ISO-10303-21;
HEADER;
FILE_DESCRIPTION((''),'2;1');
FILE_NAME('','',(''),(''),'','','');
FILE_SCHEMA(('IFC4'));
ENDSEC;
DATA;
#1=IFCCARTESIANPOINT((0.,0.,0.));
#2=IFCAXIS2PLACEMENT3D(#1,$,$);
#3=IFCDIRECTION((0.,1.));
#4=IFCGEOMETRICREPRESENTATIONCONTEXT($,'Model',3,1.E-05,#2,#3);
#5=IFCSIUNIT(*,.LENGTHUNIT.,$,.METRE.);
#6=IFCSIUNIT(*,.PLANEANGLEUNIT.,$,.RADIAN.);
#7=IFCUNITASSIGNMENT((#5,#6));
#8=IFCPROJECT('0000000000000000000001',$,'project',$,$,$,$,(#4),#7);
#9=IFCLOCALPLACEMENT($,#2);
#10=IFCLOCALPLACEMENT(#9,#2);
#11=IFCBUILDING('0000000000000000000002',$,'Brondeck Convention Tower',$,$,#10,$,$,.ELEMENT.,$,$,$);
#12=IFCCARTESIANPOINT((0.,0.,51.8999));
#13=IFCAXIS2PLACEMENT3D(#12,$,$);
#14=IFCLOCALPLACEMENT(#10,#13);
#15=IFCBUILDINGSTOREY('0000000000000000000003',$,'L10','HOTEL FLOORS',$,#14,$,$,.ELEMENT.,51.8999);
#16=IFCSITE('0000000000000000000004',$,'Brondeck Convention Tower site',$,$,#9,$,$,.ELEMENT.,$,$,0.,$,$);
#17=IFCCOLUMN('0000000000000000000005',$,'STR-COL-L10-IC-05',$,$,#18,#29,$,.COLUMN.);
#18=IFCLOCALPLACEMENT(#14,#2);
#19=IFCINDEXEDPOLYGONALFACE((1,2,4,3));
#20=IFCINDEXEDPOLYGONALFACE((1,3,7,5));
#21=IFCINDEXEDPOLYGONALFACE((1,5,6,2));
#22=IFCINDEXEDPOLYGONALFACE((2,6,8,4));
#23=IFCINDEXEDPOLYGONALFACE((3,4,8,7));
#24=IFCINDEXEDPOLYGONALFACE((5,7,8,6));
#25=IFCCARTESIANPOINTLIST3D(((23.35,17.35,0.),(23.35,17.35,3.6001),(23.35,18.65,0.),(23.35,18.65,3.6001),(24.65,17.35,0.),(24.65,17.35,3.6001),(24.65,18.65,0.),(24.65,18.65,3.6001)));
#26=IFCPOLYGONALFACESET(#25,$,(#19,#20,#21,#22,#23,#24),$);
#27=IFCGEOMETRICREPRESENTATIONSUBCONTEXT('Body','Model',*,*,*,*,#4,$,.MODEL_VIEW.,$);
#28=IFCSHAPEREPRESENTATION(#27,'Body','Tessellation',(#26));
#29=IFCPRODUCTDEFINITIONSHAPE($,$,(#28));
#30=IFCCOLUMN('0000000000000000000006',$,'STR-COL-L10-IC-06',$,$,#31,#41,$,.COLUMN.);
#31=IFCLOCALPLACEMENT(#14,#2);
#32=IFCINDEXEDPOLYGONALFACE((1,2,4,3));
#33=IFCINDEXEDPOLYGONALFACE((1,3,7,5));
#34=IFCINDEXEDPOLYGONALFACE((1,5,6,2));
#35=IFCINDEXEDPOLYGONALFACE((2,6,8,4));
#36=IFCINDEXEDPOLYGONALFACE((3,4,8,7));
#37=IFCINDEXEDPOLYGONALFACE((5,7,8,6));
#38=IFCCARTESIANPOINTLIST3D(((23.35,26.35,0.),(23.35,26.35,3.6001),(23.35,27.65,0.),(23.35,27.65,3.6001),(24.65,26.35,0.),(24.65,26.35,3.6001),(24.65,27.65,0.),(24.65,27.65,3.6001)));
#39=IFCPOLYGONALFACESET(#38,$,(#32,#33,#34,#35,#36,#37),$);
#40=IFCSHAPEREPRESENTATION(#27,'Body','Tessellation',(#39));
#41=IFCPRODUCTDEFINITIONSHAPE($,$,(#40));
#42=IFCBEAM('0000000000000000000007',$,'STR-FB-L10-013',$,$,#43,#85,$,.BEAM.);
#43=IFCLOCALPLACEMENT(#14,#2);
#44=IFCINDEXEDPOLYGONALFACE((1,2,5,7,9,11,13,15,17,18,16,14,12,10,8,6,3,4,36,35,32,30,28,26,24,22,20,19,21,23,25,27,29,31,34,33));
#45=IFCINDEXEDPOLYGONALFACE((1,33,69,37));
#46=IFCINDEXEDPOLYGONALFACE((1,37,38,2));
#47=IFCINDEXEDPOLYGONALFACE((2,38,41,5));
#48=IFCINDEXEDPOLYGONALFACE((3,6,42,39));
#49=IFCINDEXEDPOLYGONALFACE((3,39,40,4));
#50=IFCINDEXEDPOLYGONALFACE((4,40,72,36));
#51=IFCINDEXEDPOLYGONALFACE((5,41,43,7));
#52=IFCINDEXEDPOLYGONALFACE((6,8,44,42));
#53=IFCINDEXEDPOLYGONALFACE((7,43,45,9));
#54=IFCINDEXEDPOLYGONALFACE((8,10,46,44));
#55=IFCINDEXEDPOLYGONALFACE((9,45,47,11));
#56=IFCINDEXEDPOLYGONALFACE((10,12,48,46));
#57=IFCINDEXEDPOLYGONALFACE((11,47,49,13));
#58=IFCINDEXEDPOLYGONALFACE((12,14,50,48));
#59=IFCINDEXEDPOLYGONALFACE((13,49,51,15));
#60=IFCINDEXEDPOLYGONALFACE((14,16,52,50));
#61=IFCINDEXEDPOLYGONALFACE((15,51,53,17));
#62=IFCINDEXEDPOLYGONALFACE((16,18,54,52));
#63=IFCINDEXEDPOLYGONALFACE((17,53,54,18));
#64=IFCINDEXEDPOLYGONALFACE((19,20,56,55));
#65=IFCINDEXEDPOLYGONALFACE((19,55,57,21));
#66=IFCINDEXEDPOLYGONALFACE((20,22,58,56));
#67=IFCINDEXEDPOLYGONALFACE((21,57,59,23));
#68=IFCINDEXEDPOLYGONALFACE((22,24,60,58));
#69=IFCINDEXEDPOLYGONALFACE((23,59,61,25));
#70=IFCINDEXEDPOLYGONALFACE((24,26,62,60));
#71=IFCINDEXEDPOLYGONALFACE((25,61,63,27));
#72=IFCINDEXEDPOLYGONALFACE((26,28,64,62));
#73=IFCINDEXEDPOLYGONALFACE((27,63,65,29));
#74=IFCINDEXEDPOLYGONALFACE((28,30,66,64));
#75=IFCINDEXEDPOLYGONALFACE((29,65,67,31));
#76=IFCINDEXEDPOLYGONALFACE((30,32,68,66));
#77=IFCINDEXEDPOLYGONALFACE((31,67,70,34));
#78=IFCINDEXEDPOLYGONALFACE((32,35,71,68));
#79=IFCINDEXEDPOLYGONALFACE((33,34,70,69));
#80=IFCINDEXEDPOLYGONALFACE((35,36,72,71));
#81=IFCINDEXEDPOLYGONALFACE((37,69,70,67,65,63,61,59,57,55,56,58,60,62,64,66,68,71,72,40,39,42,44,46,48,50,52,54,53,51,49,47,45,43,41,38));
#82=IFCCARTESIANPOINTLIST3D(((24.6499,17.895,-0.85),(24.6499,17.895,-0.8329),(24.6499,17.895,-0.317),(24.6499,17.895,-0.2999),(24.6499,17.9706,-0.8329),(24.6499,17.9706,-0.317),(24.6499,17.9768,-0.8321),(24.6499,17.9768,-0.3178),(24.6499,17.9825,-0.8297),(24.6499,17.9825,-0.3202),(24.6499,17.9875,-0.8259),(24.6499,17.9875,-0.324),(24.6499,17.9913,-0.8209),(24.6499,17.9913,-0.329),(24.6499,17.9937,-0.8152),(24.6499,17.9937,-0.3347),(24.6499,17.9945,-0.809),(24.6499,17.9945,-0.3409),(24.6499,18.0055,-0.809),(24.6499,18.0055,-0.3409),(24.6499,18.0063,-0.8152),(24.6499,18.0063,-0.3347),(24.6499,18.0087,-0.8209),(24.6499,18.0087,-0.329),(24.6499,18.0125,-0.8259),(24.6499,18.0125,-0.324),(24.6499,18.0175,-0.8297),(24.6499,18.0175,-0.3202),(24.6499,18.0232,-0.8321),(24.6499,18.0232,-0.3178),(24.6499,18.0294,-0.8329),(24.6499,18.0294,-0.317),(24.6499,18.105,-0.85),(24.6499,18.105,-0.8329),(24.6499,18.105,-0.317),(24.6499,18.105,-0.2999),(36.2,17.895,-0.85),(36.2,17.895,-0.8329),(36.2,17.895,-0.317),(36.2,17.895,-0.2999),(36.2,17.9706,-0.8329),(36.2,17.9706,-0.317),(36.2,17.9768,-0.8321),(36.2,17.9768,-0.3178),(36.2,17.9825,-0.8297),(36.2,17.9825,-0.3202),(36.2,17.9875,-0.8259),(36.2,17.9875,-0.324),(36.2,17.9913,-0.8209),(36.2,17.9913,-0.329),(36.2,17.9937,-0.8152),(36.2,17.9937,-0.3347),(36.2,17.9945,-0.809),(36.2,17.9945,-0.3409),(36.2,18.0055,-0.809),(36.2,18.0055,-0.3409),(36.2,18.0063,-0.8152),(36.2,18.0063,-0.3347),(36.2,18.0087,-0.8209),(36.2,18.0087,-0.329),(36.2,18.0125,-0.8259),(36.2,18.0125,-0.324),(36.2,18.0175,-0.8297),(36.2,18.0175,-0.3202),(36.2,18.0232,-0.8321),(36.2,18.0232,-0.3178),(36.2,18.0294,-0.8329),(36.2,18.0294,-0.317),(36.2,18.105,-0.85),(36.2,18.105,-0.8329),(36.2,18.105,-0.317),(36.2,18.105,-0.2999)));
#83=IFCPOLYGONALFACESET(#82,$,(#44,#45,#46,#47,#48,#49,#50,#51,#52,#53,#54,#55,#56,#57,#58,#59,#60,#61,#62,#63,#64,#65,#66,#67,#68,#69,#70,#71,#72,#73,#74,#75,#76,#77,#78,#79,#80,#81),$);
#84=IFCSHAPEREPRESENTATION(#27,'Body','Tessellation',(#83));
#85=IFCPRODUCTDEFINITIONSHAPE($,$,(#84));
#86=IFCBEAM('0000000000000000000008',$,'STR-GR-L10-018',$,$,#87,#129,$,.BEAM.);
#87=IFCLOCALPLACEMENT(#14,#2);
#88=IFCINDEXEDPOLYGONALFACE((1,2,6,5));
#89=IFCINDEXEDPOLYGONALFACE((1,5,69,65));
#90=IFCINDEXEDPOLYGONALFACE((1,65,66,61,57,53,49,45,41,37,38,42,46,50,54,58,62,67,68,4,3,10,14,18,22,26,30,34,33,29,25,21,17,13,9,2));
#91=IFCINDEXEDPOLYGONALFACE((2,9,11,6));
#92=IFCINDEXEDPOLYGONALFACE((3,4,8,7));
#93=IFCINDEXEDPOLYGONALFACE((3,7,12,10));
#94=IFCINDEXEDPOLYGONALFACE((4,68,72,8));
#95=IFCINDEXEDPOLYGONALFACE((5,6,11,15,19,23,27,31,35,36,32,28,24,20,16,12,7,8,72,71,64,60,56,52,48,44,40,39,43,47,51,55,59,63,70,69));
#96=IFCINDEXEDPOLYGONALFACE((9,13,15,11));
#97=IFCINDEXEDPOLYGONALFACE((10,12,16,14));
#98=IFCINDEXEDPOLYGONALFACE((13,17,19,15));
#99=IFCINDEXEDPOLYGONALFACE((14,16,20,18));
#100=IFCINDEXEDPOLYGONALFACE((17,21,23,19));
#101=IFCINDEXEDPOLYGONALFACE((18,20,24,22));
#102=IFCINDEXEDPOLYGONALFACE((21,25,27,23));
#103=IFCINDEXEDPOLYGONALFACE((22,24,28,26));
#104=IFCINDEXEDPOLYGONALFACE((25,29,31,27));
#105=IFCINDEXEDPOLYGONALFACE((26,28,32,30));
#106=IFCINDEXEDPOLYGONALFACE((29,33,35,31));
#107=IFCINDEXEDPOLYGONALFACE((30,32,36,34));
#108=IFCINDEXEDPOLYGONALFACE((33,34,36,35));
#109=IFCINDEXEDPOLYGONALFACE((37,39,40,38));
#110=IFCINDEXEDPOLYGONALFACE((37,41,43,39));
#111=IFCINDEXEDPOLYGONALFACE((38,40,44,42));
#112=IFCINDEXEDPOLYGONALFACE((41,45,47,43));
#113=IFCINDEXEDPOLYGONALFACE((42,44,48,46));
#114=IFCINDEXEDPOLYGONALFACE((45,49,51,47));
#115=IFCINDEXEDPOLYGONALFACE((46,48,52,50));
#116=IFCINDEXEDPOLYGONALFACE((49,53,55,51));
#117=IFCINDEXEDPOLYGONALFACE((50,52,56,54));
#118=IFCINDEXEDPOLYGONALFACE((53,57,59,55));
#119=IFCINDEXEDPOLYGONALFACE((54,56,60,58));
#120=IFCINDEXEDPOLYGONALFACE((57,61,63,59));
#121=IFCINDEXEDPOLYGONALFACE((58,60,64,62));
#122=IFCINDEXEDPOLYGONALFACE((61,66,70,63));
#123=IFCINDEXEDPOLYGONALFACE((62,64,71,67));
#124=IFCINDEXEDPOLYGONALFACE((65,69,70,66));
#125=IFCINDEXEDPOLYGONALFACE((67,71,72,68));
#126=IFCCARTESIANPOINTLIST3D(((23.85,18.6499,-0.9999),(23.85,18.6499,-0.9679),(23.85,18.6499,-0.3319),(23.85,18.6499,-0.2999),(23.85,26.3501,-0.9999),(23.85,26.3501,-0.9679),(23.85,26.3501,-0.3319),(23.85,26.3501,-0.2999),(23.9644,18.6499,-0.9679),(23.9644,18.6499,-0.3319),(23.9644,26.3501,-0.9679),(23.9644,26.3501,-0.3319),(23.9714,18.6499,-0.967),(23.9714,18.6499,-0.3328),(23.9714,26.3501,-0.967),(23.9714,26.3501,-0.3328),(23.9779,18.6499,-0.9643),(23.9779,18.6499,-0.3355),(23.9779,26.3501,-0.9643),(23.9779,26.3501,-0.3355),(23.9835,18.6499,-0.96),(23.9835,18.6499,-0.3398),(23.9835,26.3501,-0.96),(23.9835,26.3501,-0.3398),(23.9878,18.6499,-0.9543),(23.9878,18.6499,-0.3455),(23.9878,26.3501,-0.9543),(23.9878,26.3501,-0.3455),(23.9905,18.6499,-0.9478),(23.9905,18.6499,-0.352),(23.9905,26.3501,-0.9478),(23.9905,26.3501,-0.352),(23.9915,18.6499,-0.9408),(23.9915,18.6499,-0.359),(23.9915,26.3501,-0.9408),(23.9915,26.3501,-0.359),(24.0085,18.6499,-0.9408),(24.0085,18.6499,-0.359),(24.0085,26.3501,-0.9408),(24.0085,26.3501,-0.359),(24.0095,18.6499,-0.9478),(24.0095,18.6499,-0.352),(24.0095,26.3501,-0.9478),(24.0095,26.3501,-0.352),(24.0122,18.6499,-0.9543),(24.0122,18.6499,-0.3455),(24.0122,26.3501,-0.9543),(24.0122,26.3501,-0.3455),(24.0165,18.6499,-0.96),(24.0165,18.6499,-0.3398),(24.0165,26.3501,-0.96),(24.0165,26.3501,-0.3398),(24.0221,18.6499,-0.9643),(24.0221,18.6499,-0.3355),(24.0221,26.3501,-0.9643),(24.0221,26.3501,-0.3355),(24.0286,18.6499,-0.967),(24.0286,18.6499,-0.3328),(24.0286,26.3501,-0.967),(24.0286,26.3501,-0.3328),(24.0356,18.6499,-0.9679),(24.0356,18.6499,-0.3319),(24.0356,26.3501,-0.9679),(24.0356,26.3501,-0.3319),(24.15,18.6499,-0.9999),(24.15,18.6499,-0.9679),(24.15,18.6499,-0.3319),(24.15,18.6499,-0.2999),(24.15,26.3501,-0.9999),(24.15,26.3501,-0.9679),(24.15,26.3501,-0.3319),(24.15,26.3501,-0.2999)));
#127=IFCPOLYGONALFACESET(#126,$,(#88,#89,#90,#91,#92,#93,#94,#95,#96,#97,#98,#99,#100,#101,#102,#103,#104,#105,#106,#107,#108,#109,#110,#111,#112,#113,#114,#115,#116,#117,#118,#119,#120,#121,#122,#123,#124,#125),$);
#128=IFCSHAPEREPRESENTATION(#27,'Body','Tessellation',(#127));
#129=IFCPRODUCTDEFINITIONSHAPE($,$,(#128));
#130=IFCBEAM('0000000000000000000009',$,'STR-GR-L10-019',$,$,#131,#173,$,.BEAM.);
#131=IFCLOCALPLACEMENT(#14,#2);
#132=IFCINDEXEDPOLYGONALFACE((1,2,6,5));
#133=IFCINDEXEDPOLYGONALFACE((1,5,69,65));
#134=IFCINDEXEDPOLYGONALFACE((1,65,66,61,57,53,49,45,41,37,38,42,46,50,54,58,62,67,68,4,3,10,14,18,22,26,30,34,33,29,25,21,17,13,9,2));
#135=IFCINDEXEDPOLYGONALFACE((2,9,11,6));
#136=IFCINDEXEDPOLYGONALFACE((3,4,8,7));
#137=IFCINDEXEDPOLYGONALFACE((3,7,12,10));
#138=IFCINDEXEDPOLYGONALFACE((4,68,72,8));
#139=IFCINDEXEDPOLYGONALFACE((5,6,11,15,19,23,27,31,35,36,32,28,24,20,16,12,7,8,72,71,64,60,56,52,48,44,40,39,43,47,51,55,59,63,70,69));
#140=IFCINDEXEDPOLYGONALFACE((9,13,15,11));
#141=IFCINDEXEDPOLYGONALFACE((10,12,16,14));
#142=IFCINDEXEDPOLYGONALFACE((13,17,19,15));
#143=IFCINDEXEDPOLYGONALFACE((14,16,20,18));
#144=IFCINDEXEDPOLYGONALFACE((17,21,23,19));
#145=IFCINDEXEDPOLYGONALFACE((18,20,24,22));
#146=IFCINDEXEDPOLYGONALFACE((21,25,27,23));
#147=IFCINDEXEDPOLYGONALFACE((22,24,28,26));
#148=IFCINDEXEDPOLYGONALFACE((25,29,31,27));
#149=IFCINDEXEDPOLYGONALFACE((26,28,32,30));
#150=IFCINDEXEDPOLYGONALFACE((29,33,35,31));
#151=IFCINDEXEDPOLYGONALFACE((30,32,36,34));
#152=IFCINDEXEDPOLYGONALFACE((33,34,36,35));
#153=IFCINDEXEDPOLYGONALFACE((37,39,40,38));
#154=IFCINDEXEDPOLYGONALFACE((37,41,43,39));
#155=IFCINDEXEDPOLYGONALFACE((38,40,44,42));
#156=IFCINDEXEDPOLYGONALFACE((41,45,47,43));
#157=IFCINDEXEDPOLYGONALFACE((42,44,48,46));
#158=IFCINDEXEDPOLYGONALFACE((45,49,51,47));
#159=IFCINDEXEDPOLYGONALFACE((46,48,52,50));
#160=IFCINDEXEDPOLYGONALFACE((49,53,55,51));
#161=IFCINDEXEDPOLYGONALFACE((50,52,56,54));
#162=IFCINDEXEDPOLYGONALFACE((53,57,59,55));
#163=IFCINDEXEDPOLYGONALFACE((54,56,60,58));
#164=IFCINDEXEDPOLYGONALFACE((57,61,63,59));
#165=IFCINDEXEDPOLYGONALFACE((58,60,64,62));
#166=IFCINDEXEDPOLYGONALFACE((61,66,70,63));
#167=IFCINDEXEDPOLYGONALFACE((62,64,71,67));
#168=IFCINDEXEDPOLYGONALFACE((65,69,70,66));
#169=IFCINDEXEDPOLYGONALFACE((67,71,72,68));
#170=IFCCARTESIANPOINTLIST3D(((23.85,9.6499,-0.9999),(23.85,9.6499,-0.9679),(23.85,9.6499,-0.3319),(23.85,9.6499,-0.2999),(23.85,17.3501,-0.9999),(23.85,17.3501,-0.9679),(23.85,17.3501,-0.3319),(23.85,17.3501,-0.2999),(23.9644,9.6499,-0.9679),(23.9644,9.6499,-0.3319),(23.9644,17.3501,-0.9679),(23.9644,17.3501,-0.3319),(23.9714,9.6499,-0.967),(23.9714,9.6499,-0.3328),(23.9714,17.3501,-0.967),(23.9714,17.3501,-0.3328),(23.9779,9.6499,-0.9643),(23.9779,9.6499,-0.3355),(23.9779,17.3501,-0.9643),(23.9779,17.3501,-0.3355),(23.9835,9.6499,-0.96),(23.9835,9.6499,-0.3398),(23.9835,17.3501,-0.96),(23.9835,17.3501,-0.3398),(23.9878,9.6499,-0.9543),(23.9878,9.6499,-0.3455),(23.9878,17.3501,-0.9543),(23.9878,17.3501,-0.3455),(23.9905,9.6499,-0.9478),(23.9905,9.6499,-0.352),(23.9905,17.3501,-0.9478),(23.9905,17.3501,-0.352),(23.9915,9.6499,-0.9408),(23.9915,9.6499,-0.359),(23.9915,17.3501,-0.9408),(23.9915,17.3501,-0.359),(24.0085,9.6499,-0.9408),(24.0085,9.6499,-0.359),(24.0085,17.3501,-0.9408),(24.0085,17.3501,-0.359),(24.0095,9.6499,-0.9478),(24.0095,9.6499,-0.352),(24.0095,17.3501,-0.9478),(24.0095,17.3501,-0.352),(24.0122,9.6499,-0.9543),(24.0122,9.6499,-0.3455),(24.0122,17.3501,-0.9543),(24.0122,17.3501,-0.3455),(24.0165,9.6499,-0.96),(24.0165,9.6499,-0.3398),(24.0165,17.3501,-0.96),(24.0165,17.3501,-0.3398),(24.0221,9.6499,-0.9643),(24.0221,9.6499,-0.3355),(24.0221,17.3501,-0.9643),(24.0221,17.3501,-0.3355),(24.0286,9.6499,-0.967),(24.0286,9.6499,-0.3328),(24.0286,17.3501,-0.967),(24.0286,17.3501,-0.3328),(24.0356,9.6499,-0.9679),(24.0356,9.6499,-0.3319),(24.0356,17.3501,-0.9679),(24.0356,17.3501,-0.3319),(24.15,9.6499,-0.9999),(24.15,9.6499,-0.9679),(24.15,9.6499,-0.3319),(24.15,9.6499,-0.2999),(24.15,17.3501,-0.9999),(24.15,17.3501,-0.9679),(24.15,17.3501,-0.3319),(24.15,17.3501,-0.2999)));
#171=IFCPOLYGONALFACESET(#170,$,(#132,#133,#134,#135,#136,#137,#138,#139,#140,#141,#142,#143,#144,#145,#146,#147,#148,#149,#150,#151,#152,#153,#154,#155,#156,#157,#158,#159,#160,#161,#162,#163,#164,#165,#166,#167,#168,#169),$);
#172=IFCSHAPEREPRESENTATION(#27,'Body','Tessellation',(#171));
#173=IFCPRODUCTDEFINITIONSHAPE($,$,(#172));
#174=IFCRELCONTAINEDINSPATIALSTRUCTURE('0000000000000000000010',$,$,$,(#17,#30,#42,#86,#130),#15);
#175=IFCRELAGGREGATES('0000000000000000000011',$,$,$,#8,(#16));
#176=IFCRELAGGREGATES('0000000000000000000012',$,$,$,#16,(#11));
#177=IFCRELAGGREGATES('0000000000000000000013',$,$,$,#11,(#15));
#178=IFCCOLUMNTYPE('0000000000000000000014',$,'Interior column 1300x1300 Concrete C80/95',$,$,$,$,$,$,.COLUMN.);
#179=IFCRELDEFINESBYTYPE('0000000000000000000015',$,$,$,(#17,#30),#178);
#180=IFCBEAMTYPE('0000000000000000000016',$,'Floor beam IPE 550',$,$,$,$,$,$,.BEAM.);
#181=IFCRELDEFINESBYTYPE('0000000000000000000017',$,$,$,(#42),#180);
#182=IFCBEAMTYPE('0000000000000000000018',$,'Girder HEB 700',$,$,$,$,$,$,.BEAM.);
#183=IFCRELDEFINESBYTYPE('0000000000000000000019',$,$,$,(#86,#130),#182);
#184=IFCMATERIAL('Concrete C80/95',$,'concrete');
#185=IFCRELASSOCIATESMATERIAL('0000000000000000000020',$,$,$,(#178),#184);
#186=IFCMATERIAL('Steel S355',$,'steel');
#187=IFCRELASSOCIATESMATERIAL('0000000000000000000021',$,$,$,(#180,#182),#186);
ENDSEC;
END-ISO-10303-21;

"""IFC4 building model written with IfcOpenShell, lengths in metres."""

from ifc_helpers import new_model, si_unit, direction, frame, origin, origin_2d, place, context, subcontext, project, spatial, rectangle, i_section, extrude, material, material_profile, profile_set, type_object, element, save


model = new_model("IFC4")

# Units and contexts
model_context = context("Model", 3, precision=1e-05, world=origin(), true_north=direction((0.0, 1.0)))
body_context = subcontext(model_context, "Body", "Model", "MODEL_VIEW")
ifc_project = project(units=[si_unit("LENGTHUNIT", "METRE"), si_unit("PLANEANGLEUNIT", "RADIAN")], contexts=[model_context])

# Site, building, storey
site_placement = place(None, origin())
site = spatial("IfcSite", under=ifc_project, at=site_placement, Name="Brondeck Convention Tower site", CompositionType="ELEMENT", RefElevation=0.0)
building_placement = place(site_placement, origin())
building = spatial("IfcBuilding", under=site, at=building_placement, Name="Brondeck Convention Tower", CompositionType="ELEMENT")
storey_placement = place(building_placement, frame((0.0, 0.0, 51.8999)))
storey = spatial("IfcBuildingStorey", under=building, at=storey_placement, Name="L10", Description="HOTEL FLOORS", CompositionType="ELEMENT", Elevation=51.8999)

# Columns
ifc_material_1 = material(Name="Concrete C80/95", Category="concrete")
ifc_material_profile_1 = material_profile(ifc_material_1, rectangle(XDim=1.3, YDim=1.3, at=origin_2d()), Name="Interior column 1300x1300 Concrete C80/95")
ifc_profile_set_1 = profile_set([ifc_material_profile_1], Name="Concrete C80/95")
column_type = type_object("IfcColumnType", Name="Interior column 1300x1300 Concrete C80/95", PredefinedType="COLUMN", material=ifc_profile_set_1)
for number, where, z_axis, x_axis, name in (
    (1, (24.0, 18.0, 0.0), (0.0, 0.0, 1.0), (1.0, 0.0, 0.0), "STR-COL-L10-IC-05"),
    (2, (24.0, 27.0, 0.0), (0.0, 0.0, 1.0), (1.0, 0.0, 0.0), "STR-COL-L10-IC-06"),
):
    element("IfcColumn", number, at=place(storey_placement, frame(where, z_axis=z_axis, x_axis=x_axis)), inside=storey, type_object=column_type, Name=name, PredefinedType="COLUMN", context=body_context, shape_type="SweptSolid", body=[
        extrude(rectangle(XDim=1.3, YDim=1.3, at=origin_2d()), origin(), (0.0, 0.0, 1.0), 3.6001),
    ])

# Beams
ifc_material_2 = material(Name="Steel S355", Category="steel")
ifc_material_profile_2 = material_profile(ifc_material_2, i_section(OverallWidth=0.21, OverallDepth=0.55, WebThickness=0.011, FlangeThickness=0.0171, FilletRadius=0.0239, at=origin_2d()), Name="IPE 550")
ifc_profile_set_2 = profile_set([ifc_material_profile_2], Name="Steel S355")
beam_type_1 = type_object("IfcBeamType", Name="Floor beam IPE 550", PredefinedType="BEAM", material=ifc_profile_set_2)
beam_1_placement = place(storey_placement, frame((24.6499, 18.0, -0.575), z_axis=(1.0, 0.0, 0.0), x_axis=(0.0, 1.0, 0.0)))
element("IfcBeam", 3, at=beam_1_placement, inside=storey, type_object=beam_type_1, Name="STR-FB-L10-013", PredefinedType="BEAM", context=body_context, shape_type="SweptSolid", body=[
    extrude(i_section(OverallWidth=0.21, OverallDepth=0.55, WebThickness=0.011, FlangeThickness=0.0171, FilletRadius=0.0239, at=origin_2d()), origin(), (0.0, 0.0, 1.0), 11.55),
])
ifc_material_profile_3 = material_profile(ifc_material_2, i_section(OverallWidth=0.3, OverallDepth=0.7, WebThickness=0.0171, FlangeThickness=0.032, FilletRadius=0.0271, at=origin_2d()), Name="HEB 700")
ifc_profile_set_3 = profile_set([ifc_material_profile_3], Name="Steel S355")
beam_type_2 = type_object("IfcBeamType", Name="Girder HEB 700", PredefinedType="BEAM", material=ifc_profile_set_3)
for number, where, z_axis, x_axis, name in (
    (4, (24.0, 26.3501, -0.6499), (0.0, -1.0, 0.0), (1.0, 0.0, 0.0), "STR-GR-L10-018"),
    (5, (24.0, 17.3501, -0.6499), (0.0, -1.0, 0.0), (1.0, 0.0, 0.0), "STR-GR-L10-019"),
):
    element("IfcBeam", number, at=place(storey_placement, frame(where, z_axis=z_axis, x_axis=x_axis)), inside=storey, type_object=beam_type_2, Name=name, PredefinedType="BEAM", context=body_context, shape_type="SweptSolid", body=[
        extrude(i_section(OverallWidth=0.3, OverallDepth=0.7, WebThickness=0.0171, FlangeThickness=0.032, FilletRadius=0.0271, at=origin_2d()), origin(), (0.0, 0.0, 1.0), 7.7002),
    ])

save(model, "model.ifc")
